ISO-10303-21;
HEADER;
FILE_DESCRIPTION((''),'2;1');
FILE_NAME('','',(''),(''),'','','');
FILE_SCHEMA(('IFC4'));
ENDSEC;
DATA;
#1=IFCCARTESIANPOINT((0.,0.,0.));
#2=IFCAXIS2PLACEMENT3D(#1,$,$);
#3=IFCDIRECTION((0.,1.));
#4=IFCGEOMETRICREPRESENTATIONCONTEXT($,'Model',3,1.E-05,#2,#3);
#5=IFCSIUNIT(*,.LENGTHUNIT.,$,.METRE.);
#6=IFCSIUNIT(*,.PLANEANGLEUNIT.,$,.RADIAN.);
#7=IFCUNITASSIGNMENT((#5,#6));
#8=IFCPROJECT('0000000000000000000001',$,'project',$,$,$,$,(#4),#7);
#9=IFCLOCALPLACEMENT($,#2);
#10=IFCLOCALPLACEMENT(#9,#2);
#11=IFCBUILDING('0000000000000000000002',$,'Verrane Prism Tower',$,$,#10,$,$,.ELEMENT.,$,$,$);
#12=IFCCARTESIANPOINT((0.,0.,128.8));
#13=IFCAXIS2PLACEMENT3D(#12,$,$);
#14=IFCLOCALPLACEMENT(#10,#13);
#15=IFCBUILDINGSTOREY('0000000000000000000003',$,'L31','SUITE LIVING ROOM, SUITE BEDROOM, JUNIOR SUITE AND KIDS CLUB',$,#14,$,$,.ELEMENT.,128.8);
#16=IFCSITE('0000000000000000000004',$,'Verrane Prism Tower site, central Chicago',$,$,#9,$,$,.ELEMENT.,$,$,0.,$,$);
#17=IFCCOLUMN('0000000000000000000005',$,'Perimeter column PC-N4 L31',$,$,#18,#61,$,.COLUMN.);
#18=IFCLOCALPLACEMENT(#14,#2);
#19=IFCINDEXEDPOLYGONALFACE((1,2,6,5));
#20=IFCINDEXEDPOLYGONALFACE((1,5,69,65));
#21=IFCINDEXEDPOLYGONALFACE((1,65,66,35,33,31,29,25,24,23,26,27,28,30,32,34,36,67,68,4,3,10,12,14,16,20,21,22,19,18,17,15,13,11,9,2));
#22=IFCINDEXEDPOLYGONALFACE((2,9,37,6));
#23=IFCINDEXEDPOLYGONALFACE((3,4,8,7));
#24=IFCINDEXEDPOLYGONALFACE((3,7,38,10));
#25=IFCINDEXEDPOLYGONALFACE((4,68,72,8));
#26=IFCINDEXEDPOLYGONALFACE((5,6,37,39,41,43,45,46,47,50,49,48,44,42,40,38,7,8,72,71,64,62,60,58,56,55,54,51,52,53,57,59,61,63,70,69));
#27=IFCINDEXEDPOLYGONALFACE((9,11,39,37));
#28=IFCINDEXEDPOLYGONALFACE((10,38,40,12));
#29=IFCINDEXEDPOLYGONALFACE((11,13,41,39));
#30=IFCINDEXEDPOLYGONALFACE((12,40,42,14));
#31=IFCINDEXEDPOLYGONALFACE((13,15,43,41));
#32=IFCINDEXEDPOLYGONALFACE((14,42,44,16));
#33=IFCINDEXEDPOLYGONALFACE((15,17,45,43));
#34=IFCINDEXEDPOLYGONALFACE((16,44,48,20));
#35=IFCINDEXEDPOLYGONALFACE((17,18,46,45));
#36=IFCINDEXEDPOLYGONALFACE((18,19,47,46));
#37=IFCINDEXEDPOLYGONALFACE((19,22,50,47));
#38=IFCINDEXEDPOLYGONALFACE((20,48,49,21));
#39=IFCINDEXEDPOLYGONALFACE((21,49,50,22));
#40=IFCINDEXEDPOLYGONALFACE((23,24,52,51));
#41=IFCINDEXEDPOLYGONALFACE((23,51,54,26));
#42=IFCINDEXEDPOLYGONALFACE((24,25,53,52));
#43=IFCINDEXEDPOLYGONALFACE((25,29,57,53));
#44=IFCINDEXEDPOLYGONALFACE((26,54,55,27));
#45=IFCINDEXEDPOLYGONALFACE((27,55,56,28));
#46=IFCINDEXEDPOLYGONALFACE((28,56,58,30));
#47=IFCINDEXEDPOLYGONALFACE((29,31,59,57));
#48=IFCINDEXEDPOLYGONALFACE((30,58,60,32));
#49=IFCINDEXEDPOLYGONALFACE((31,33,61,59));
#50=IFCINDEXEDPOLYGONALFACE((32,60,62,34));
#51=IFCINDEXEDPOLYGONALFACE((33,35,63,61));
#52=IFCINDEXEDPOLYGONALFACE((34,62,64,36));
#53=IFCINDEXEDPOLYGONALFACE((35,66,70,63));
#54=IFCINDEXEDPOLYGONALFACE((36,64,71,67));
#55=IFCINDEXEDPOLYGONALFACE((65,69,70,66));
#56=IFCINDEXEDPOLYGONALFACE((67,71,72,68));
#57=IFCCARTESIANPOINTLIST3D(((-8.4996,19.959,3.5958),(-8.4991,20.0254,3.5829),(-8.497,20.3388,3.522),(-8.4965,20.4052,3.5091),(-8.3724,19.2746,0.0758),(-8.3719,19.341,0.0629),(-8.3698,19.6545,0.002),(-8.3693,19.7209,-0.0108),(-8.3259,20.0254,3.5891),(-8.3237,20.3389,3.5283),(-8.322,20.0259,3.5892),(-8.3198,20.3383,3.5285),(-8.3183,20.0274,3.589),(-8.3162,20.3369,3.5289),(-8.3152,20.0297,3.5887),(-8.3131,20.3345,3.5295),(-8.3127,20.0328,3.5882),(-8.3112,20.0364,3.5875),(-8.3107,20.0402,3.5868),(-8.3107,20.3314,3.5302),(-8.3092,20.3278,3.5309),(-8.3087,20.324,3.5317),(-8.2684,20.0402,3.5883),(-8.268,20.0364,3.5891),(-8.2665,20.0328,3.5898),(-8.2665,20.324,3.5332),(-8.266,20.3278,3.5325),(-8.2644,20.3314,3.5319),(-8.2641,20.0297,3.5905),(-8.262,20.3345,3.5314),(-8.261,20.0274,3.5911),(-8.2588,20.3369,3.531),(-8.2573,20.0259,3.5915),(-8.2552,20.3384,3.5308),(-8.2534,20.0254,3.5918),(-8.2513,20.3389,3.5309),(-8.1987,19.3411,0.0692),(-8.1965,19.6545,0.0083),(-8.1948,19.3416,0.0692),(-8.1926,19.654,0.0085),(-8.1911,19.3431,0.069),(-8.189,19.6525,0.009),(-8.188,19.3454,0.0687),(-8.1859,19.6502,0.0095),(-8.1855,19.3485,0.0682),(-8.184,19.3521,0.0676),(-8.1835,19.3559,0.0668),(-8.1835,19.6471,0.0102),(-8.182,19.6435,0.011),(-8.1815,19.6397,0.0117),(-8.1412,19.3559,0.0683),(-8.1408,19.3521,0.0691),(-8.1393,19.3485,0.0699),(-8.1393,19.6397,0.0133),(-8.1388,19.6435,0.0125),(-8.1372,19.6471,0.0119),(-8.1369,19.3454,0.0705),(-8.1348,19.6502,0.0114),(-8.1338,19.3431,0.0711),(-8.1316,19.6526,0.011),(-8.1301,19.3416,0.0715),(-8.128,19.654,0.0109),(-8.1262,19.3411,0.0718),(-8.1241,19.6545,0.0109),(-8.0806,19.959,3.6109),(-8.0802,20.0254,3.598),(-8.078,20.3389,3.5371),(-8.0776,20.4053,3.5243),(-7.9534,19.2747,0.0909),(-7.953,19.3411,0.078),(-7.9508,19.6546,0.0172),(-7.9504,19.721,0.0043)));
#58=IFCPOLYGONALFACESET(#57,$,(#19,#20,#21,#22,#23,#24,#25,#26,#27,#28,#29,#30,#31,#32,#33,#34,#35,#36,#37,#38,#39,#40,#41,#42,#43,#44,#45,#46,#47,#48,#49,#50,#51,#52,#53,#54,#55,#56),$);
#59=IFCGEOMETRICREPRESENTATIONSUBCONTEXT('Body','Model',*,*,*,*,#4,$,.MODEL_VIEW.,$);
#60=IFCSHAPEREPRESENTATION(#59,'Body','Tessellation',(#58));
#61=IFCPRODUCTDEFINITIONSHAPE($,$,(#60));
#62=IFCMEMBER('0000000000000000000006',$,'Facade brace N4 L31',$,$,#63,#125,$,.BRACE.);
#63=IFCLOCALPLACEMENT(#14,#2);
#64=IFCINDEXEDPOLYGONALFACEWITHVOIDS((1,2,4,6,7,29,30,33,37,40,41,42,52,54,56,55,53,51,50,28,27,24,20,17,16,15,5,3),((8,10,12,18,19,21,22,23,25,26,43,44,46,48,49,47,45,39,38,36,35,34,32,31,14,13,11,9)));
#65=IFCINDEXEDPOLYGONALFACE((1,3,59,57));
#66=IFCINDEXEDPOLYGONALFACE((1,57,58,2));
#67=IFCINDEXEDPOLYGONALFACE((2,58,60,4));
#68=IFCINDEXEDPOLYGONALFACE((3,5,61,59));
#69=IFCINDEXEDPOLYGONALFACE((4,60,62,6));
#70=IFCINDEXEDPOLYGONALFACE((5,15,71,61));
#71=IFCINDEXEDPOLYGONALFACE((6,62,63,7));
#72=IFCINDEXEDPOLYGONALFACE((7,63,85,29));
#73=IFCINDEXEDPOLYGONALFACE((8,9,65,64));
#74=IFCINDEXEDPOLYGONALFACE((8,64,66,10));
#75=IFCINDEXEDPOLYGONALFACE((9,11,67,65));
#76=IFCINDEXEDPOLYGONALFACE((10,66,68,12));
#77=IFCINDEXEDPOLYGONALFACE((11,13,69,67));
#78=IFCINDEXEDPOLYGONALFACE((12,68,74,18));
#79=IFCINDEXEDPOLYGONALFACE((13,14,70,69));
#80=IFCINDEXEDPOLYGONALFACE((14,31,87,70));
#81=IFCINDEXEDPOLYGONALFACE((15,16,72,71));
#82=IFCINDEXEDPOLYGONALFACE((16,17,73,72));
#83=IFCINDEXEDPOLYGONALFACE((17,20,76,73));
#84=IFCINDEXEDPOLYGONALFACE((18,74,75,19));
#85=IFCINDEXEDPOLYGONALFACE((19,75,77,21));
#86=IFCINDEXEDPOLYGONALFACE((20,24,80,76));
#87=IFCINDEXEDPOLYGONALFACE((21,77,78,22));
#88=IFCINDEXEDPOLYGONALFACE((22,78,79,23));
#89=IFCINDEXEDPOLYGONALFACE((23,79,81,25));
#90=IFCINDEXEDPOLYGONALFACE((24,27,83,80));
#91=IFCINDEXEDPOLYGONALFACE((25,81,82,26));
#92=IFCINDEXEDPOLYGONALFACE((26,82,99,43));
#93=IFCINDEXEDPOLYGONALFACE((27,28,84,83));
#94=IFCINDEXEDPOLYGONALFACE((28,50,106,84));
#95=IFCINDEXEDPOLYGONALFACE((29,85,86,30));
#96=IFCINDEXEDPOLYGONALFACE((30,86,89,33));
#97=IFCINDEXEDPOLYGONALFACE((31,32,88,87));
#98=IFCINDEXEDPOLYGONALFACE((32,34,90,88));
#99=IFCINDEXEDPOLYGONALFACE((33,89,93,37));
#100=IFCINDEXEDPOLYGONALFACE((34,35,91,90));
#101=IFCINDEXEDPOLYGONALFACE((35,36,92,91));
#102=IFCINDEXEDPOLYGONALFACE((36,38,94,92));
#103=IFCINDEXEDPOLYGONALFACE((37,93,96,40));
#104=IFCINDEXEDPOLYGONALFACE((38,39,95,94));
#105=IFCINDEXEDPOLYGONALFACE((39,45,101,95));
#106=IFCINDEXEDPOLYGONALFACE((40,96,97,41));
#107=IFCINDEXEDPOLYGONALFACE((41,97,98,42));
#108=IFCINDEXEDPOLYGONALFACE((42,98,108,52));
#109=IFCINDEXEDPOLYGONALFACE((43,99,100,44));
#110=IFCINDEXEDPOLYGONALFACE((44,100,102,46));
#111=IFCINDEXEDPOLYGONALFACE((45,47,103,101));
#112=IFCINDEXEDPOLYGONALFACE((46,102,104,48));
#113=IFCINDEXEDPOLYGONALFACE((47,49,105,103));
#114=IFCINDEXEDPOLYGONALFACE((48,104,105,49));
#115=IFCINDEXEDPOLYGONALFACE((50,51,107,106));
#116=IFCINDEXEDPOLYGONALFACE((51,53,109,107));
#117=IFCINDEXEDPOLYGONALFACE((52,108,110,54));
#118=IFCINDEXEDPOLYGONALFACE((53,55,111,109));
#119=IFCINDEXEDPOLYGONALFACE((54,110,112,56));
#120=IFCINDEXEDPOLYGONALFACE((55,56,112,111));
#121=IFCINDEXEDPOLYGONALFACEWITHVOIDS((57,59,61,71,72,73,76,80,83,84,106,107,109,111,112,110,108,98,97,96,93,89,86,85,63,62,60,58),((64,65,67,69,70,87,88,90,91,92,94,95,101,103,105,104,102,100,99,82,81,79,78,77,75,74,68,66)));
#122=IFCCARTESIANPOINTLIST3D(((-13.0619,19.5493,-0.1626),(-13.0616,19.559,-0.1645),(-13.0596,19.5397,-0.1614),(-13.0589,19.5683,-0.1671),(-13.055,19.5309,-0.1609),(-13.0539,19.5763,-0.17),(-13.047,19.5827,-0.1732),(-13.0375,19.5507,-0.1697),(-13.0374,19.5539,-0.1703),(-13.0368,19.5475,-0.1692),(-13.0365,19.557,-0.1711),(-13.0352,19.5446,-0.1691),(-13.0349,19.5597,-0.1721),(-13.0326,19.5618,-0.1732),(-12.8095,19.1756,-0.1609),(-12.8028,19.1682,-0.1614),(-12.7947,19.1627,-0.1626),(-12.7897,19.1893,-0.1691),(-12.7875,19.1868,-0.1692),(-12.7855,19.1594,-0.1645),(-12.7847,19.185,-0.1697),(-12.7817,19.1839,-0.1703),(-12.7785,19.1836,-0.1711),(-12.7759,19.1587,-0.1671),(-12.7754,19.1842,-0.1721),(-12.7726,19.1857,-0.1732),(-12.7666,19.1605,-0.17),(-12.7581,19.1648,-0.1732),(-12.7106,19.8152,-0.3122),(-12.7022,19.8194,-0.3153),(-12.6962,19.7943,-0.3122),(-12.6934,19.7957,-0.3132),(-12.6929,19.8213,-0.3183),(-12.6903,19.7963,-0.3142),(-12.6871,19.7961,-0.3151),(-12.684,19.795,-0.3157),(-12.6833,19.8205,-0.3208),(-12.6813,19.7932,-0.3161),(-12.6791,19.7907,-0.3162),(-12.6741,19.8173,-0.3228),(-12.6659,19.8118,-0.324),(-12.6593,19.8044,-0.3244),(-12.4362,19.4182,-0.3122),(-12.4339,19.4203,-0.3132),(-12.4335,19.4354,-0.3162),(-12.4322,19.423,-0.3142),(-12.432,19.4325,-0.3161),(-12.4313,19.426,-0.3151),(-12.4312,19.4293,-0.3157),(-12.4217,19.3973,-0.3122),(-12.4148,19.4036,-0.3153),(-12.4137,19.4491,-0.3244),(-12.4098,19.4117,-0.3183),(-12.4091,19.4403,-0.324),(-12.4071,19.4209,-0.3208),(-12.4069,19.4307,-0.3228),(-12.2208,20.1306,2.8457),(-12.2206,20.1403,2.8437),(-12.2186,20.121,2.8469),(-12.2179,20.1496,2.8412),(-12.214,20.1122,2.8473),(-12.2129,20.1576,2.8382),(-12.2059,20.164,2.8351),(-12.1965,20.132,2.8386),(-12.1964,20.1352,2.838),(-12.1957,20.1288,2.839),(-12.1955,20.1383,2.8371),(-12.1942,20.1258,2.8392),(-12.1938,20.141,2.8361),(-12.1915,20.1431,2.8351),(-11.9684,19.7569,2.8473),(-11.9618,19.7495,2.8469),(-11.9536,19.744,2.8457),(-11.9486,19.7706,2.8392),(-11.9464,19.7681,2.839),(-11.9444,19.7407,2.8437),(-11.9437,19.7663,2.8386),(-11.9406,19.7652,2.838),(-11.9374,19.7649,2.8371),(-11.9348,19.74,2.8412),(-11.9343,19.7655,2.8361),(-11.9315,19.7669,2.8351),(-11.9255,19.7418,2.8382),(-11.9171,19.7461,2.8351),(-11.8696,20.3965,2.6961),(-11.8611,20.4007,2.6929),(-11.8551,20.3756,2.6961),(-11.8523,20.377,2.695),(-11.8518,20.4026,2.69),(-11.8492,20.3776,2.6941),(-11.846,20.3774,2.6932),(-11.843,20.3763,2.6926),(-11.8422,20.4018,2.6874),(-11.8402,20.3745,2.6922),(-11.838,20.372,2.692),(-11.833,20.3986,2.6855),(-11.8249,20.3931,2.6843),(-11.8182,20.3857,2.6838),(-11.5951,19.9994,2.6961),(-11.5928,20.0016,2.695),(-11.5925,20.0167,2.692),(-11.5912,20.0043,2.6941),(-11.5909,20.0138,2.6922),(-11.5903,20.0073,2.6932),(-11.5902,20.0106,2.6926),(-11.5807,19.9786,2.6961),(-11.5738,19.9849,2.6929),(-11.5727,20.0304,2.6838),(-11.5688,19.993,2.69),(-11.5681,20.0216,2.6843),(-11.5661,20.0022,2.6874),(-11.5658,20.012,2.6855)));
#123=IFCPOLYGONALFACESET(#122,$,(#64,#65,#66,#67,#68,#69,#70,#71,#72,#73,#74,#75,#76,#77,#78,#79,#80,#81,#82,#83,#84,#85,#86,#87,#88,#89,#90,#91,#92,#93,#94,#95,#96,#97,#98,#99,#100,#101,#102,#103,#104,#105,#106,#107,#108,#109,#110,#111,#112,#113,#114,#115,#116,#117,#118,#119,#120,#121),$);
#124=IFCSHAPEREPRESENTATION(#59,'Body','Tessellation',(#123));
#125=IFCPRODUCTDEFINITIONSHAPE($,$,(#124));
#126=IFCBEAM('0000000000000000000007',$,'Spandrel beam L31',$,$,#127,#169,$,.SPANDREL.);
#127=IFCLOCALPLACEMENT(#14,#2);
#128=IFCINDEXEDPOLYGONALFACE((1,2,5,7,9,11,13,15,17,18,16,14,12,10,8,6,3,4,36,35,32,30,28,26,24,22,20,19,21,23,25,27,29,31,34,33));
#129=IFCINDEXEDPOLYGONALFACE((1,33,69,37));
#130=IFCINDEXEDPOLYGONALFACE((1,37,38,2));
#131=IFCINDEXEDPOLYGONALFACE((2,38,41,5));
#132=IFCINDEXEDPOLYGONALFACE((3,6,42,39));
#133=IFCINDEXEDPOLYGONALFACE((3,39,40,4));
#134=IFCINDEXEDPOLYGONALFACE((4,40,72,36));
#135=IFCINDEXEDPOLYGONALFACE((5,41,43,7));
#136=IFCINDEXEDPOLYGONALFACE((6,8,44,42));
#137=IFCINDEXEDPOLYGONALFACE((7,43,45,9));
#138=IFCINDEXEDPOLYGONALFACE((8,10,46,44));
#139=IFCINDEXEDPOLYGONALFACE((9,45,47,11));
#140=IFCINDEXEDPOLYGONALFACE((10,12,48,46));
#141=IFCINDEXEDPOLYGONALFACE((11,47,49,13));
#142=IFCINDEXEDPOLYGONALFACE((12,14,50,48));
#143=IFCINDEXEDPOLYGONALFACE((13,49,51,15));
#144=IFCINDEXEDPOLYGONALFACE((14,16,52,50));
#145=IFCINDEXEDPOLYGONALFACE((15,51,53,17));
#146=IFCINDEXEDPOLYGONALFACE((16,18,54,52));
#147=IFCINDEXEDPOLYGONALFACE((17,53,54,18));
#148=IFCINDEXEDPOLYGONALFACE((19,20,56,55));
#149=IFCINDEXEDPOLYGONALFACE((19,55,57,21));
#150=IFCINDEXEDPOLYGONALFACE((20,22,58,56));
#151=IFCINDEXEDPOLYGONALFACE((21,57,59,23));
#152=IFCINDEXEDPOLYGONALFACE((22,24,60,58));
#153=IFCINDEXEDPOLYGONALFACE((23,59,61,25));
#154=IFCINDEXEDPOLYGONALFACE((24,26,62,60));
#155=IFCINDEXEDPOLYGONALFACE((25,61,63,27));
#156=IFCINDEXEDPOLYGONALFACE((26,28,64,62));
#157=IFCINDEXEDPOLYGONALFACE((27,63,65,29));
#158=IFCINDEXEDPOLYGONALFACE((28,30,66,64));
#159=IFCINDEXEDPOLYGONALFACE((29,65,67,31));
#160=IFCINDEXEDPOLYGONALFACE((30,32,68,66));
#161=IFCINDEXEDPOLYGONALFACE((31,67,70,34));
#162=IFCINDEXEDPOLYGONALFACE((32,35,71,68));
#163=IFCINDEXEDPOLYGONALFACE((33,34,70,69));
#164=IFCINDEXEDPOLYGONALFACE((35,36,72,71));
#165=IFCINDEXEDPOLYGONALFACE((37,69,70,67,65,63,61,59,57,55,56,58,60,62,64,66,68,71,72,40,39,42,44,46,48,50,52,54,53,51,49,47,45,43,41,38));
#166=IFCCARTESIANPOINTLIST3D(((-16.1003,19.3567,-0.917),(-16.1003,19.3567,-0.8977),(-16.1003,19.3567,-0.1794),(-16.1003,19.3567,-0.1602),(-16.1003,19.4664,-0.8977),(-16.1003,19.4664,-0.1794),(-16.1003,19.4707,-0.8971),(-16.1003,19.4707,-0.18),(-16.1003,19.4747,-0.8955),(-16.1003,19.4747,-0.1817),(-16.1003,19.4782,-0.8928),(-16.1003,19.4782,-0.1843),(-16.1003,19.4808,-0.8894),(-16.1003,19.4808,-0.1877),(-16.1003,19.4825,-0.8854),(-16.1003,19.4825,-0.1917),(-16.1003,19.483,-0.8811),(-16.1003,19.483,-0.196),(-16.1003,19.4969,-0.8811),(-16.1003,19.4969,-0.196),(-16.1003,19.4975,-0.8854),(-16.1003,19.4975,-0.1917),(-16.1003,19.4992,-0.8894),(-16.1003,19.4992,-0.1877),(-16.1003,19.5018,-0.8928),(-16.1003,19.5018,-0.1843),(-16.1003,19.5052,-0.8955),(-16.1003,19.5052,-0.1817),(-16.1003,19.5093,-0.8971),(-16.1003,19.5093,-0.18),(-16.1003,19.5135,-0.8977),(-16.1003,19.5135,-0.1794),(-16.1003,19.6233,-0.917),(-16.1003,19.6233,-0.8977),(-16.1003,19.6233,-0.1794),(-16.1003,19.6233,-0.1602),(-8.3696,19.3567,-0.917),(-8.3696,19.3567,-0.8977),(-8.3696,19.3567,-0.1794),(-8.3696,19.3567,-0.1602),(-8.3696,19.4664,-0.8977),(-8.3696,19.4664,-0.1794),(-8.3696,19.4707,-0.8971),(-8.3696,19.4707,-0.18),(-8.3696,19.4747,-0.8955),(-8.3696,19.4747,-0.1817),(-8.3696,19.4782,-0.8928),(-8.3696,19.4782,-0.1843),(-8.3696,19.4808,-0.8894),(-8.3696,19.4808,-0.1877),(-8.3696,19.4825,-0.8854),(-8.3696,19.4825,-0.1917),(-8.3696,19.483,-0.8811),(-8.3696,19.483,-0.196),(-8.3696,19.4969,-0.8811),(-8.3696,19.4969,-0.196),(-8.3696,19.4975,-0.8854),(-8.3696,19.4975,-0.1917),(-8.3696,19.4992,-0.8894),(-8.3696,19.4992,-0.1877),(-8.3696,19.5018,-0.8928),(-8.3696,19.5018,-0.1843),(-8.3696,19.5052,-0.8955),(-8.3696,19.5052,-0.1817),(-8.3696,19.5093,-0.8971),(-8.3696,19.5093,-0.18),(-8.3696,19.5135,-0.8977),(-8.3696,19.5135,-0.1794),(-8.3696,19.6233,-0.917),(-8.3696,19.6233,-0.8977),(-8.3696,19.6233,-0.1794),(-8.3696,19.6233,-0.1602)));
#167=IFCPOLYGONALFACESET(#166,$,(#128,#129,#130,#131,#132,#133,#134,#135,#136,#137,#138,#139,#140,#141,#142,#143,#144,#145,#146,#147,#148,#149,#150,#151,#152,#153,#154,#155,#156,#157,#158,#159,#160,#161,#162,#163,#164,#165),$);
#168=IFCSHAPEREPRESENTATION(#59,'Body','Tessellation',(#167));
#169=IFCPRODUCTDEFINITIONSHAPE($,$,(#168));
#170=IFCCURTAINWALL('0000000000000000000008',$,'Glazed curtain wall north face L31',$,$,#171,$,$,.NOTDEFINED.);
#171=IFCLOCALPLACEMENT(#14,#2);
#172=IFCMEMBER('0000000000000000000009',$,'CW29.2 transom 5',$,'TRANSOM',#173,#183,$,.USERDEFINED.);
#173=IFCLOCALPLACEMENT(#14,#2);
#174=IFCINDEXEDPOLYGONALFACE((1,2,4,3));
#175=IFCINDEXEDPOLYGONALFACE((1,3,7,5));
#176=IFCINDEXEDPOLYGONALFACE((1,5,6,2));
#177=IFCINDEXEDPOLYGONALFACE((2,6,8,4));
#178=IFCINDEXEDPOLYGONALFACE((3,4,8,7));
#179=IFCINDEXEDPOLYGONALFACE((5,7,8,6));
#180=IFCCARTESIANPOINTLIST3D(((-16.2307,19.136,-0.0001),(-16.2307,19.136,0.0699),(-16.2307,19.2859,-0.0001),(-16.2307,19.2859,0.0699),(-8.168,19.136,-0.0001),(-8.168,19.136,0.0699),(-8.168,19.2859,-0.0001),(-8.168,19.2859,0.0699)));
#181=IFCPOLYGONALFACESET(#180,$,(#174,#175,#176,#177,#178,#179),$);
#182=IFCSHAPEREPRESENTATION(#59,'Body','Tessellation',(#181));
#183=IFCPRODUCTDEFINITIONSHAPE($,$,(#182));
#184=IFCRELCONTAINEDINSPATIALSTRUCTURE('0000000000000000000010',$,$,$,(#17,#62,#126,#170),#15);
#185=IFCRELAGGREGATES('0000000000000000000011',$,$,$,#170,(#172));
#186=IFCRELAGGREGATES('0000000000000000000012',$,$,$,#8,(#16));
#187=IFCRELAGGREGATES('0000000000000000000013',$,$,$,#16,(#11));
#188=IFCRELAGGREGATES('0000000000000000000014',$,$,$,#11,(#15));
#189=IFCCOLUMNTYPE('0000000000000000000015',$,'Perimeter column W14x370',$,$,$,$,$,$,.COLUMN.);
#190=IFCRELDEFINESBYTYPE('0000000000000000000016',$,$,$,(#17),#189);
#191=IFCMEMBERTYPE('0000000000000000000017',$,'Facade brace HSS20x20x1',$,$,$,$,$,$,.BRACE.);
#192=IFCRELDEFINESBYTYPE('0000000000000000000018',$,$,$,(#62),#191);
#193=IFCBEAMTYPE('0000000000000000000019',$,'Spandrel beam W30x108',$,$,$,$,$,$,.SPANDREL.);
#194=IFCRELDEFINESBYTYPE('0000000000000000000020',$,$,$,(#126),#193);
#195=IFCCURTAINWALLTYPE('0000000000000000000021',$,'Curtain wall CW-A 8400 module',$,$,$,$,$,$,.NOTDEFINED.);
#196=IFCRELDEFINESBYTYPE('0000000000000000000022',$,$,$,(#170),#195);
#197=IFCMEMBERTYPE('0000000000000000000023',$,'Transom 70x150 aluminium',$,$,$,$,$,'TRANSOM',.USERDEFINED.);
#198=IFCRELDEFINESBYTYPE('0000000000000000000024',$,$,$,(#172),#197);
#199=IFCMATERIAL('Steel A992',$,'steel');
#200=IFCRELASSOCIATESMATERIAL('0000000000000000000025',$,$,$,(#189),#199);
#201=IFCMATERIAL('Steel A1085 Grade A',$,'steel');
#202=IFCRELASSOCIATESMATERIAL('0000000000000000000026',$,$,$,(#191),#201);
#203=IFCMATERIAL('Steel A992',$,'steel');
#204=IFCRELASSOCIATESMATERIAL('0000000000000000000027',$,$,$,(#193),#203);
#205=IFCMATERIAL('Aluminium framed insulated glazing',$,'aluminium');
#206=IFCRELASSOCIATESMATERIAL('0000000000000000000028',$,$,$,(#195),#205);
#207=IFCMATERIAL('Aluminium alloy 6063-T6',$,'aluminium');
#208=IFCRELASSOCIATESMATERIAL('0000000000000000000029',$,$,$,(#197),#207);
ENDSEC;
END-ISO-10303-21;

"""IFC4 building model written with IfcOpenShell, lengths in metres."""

from ifc_helpers import new_model, si_unit, direction, frame, origin, origin_2d, place, context, subcontext, project, spatial, rectangle, hollow_rectangle, i_section, extrude, material, material_profile, profile_set, type_object, element, aggregate, save


model = new_model("IFC4")

# Units and contexts
model_context = context("Model", 3, precision=1e-05, world=origin(), true_north=direction((0.0, 1.0)))
body_context = subcontext(model_context, "Body", "Model", "MODEL_VIEW")
ifc_project = project(units=[si_unit("LENGTHUNIT", "METRE"), si_unit("PLANEANGLEUNIT", "RADIAN")], contexts=[model_context])

# Site, building, storey
site_placement = place(None, origin())
site = spatial("IfcSite", under=ifc_project, at=site_placement, Name="Verrane Prism Tower site, central Chicago", CompositionType="ELEMENT", RefElevation=0.0)
building_placement = place(site_placement, origin())
building = spatial("IfcBuilding", under=site, at=building_placement, Name="Verrane Prism Tower", CompositionType="ELEMENT")
storey_placement = place(building_placement, frame((0.0, 0.0, 128.8)))
storey = spatial("IfcBuildingStorey", under=building, at=storey_placement, Name="L31", Description="SUITE LIVING ROOM, SUITE BEDROOM, JUNIOR SUITE AND KIDS CLUB", CompositionType="ELEMENT", Elevation=128.8)

# Column
ifc_material_1 = material(Name="Steel A992", Category="steel")
ifc_material_profile_1 = material_profile(ifc_material_1, i_section(OverallWidth=0.4192, OverallDepth=0.4546, WebThickness=0.0422, FlangeThickness=0.0676, FilletRadius=0.0151, at=origin_2d()), Name="W14x370")
ifc_profile_set_1 = profile_set([ifc_material_profile_1], Name="Steel A992")
column_type = type_object("IfcColumnType", Name="Perimeter column W14x370", PredefinedType="COLUMN", material=ifc_profile_set_1)
column_placement = place(storey_placement, frame((-8.1614, 19.4978, 0.04), z_axis=(-0.035449, 0.190717, 0.981005), x_axis=(0.999349, 0.000151, 0.036082)))
element("IfcColumn", 1, at=column_placement, inside=storey, type_object=column_type, Name="Perimeter column PC-N4 L31", PredefinedType="COLUMN", context=body_context, shape_type="SweptSolid", body=[
    extrude(i_section(OverallWidth=0.4192, OverallDepth=0.4546, WebThickness=0.0422, FlangeThickness=0.0676, FilletRadius=0.0151, at=origin_2d()), origin(), (0.0, 0.0, 1.0), 3.5881),
])

# Member
ifc_material_2 = material(Name="Steel A1085 Grade A", Category="steel")
ifc_material_profile_2 = material_profile(ifc_material_2, hollow_rectangle(XDim=0.5081, YDim=0.5081, WallThickness=0.0254, InnerFilletRadius=0.0127, OuterFilletRadius=0.0381, at=origin_2d()), Name="HSS20x20x1")
ifc_profile_set_2 = profile_set([ifc_material_profile_2], Name="Steel A1085 Grade A")
member_type_1 = type_object("IfcMemberType", Name="Facade brace HSS20x20x1", PredefinedType="BRACE", material=ifc_profile_set_2)
member_1_placement = place(storey_placement, frame((-12.7344, 19.49, -0.2427), z_axis=(0.264711, 0.182954, 0.946813), x_axis=(-0.568564, 0.822639, 0.0)))
element("IfcMember", 2, at=member_1_placement, inside=storey, type_object=member_type_1, Name="Facade brace N4 L31", PredefinedType="BRACE", context=body_context, shape_type="SweptSolid", body=[
    extrude(hollow_rectangle(XDim=0.5081, YDim=0.5081, WallThickness=0.0254, InnerFilletRadius=0.0127, OuterFilletRadius=0.0381, at=origin_2d()), origin(), (0.0, 0.0, 1.0), 3.1772),
])

# Beam
ifc_material_3 = material(Name="Steel A992", Category="steel")
ifc_material_profile_3 = material_profile(ifc_material_3, i_section(OverallWidth=0.2666, OverallDepth=0.7568, WebThickness=0.0139, FlangeThickness=0.0193, FilletRadius=0.0166, at=origin_2d()), Name="W30x108")
ifc_profile_set_3 = profile_set([ifc_material_profile_3], Name="Steel A992")
beam_type = type_object("IfcBeamType", Name="Spandrel beam W30x108", PredefinedType="SPANDREL", material=ifc_profile_set_3)
beam_placement = place(storey_placement, frame((-8.3696, 19.49, -0.5386), z_axis=(-1.0, 0.0, 0.0), x_axis=(0.0, -1.0, 0.0)))
element("IfcBeam", 3, at=beam_placement, inside=storey, type_object=beam_type, Name="Spandrel beam L31", PredefinedType="SPANDREL", context=body_context, shape_type="SweptSolid", body=[
    extrude(i_section(OverallWidth=0.2666, OverallDepth=0.7568, WebThickness=0.0139, FlangeThickness=0.0193, FilletRadius=0.0166, at=origin_2d()), origin(), (0.0, 0.0, 1.0), 7.7307),
])

# Curtain wall, member
ifc_material_4 = material(Name="Aluminium framed insulated glazing", Category="aluminium")
curtain_wall_type = type_object("IfcCurtainWallType", Name="Curtain wall CW-A 8400 module", PredefinedType="NOTDEFINED", material=ifc_material_4)
curtain_wall_placement = place(storey_placement, origin())
curtain_wall = element("IfcCurtainWall", 4, at=curtain_wall_placement, inside=storey, type_object=curtain_wall_type, Name="Glazed curtain wall north face L31", PredefinedType="NOTDEFINED")
ifc_material_5 = material(Name="Aluminium alloy 6063-T6", Category="aluminium")
ifc_material_profile_4 = material_profile(ifc_material_5, rectangle(XDim=0.1499, YDim=0.0701, at=origin_2d()), Name="Transom 70x150 aluminium")
ifc_profile_set_4 = profile_set([ifc_material_profile_4], Name="Aluminium alloy 6063-T6")
member_type_2 = type_object("IfcMemberType", Name="Transom 70x150 aluminium", ElementType="TRANSOM", PredefinedType="USERDEFINED", material=ifc_profile_set_4)
member_2_placement = place(storey_placement, frame((-8.168, 19.2109, 0.0349), z_axis=(-1.0, 0.0, 0.0), x_axis=(0.0, -1.0, 0.0)))
member_2 = element("IfcMember", 5, at=member_2_placement, type_object=member_type_2, Name="CW29.2 transom 5", ObjectType="TRANSOM", PredefinedType="USERDEFINED", context=body_context, shape_type="SweptSolid", body=[
    extrude(rectangle(XDim=0.1499, YDim=0.0701, at=origin_2d()), origin(), (0.0, 0.0, 1.0), 8.0627),
])
aggregate(curtain_wall, [member_2])

save(model, "model.ifc")
